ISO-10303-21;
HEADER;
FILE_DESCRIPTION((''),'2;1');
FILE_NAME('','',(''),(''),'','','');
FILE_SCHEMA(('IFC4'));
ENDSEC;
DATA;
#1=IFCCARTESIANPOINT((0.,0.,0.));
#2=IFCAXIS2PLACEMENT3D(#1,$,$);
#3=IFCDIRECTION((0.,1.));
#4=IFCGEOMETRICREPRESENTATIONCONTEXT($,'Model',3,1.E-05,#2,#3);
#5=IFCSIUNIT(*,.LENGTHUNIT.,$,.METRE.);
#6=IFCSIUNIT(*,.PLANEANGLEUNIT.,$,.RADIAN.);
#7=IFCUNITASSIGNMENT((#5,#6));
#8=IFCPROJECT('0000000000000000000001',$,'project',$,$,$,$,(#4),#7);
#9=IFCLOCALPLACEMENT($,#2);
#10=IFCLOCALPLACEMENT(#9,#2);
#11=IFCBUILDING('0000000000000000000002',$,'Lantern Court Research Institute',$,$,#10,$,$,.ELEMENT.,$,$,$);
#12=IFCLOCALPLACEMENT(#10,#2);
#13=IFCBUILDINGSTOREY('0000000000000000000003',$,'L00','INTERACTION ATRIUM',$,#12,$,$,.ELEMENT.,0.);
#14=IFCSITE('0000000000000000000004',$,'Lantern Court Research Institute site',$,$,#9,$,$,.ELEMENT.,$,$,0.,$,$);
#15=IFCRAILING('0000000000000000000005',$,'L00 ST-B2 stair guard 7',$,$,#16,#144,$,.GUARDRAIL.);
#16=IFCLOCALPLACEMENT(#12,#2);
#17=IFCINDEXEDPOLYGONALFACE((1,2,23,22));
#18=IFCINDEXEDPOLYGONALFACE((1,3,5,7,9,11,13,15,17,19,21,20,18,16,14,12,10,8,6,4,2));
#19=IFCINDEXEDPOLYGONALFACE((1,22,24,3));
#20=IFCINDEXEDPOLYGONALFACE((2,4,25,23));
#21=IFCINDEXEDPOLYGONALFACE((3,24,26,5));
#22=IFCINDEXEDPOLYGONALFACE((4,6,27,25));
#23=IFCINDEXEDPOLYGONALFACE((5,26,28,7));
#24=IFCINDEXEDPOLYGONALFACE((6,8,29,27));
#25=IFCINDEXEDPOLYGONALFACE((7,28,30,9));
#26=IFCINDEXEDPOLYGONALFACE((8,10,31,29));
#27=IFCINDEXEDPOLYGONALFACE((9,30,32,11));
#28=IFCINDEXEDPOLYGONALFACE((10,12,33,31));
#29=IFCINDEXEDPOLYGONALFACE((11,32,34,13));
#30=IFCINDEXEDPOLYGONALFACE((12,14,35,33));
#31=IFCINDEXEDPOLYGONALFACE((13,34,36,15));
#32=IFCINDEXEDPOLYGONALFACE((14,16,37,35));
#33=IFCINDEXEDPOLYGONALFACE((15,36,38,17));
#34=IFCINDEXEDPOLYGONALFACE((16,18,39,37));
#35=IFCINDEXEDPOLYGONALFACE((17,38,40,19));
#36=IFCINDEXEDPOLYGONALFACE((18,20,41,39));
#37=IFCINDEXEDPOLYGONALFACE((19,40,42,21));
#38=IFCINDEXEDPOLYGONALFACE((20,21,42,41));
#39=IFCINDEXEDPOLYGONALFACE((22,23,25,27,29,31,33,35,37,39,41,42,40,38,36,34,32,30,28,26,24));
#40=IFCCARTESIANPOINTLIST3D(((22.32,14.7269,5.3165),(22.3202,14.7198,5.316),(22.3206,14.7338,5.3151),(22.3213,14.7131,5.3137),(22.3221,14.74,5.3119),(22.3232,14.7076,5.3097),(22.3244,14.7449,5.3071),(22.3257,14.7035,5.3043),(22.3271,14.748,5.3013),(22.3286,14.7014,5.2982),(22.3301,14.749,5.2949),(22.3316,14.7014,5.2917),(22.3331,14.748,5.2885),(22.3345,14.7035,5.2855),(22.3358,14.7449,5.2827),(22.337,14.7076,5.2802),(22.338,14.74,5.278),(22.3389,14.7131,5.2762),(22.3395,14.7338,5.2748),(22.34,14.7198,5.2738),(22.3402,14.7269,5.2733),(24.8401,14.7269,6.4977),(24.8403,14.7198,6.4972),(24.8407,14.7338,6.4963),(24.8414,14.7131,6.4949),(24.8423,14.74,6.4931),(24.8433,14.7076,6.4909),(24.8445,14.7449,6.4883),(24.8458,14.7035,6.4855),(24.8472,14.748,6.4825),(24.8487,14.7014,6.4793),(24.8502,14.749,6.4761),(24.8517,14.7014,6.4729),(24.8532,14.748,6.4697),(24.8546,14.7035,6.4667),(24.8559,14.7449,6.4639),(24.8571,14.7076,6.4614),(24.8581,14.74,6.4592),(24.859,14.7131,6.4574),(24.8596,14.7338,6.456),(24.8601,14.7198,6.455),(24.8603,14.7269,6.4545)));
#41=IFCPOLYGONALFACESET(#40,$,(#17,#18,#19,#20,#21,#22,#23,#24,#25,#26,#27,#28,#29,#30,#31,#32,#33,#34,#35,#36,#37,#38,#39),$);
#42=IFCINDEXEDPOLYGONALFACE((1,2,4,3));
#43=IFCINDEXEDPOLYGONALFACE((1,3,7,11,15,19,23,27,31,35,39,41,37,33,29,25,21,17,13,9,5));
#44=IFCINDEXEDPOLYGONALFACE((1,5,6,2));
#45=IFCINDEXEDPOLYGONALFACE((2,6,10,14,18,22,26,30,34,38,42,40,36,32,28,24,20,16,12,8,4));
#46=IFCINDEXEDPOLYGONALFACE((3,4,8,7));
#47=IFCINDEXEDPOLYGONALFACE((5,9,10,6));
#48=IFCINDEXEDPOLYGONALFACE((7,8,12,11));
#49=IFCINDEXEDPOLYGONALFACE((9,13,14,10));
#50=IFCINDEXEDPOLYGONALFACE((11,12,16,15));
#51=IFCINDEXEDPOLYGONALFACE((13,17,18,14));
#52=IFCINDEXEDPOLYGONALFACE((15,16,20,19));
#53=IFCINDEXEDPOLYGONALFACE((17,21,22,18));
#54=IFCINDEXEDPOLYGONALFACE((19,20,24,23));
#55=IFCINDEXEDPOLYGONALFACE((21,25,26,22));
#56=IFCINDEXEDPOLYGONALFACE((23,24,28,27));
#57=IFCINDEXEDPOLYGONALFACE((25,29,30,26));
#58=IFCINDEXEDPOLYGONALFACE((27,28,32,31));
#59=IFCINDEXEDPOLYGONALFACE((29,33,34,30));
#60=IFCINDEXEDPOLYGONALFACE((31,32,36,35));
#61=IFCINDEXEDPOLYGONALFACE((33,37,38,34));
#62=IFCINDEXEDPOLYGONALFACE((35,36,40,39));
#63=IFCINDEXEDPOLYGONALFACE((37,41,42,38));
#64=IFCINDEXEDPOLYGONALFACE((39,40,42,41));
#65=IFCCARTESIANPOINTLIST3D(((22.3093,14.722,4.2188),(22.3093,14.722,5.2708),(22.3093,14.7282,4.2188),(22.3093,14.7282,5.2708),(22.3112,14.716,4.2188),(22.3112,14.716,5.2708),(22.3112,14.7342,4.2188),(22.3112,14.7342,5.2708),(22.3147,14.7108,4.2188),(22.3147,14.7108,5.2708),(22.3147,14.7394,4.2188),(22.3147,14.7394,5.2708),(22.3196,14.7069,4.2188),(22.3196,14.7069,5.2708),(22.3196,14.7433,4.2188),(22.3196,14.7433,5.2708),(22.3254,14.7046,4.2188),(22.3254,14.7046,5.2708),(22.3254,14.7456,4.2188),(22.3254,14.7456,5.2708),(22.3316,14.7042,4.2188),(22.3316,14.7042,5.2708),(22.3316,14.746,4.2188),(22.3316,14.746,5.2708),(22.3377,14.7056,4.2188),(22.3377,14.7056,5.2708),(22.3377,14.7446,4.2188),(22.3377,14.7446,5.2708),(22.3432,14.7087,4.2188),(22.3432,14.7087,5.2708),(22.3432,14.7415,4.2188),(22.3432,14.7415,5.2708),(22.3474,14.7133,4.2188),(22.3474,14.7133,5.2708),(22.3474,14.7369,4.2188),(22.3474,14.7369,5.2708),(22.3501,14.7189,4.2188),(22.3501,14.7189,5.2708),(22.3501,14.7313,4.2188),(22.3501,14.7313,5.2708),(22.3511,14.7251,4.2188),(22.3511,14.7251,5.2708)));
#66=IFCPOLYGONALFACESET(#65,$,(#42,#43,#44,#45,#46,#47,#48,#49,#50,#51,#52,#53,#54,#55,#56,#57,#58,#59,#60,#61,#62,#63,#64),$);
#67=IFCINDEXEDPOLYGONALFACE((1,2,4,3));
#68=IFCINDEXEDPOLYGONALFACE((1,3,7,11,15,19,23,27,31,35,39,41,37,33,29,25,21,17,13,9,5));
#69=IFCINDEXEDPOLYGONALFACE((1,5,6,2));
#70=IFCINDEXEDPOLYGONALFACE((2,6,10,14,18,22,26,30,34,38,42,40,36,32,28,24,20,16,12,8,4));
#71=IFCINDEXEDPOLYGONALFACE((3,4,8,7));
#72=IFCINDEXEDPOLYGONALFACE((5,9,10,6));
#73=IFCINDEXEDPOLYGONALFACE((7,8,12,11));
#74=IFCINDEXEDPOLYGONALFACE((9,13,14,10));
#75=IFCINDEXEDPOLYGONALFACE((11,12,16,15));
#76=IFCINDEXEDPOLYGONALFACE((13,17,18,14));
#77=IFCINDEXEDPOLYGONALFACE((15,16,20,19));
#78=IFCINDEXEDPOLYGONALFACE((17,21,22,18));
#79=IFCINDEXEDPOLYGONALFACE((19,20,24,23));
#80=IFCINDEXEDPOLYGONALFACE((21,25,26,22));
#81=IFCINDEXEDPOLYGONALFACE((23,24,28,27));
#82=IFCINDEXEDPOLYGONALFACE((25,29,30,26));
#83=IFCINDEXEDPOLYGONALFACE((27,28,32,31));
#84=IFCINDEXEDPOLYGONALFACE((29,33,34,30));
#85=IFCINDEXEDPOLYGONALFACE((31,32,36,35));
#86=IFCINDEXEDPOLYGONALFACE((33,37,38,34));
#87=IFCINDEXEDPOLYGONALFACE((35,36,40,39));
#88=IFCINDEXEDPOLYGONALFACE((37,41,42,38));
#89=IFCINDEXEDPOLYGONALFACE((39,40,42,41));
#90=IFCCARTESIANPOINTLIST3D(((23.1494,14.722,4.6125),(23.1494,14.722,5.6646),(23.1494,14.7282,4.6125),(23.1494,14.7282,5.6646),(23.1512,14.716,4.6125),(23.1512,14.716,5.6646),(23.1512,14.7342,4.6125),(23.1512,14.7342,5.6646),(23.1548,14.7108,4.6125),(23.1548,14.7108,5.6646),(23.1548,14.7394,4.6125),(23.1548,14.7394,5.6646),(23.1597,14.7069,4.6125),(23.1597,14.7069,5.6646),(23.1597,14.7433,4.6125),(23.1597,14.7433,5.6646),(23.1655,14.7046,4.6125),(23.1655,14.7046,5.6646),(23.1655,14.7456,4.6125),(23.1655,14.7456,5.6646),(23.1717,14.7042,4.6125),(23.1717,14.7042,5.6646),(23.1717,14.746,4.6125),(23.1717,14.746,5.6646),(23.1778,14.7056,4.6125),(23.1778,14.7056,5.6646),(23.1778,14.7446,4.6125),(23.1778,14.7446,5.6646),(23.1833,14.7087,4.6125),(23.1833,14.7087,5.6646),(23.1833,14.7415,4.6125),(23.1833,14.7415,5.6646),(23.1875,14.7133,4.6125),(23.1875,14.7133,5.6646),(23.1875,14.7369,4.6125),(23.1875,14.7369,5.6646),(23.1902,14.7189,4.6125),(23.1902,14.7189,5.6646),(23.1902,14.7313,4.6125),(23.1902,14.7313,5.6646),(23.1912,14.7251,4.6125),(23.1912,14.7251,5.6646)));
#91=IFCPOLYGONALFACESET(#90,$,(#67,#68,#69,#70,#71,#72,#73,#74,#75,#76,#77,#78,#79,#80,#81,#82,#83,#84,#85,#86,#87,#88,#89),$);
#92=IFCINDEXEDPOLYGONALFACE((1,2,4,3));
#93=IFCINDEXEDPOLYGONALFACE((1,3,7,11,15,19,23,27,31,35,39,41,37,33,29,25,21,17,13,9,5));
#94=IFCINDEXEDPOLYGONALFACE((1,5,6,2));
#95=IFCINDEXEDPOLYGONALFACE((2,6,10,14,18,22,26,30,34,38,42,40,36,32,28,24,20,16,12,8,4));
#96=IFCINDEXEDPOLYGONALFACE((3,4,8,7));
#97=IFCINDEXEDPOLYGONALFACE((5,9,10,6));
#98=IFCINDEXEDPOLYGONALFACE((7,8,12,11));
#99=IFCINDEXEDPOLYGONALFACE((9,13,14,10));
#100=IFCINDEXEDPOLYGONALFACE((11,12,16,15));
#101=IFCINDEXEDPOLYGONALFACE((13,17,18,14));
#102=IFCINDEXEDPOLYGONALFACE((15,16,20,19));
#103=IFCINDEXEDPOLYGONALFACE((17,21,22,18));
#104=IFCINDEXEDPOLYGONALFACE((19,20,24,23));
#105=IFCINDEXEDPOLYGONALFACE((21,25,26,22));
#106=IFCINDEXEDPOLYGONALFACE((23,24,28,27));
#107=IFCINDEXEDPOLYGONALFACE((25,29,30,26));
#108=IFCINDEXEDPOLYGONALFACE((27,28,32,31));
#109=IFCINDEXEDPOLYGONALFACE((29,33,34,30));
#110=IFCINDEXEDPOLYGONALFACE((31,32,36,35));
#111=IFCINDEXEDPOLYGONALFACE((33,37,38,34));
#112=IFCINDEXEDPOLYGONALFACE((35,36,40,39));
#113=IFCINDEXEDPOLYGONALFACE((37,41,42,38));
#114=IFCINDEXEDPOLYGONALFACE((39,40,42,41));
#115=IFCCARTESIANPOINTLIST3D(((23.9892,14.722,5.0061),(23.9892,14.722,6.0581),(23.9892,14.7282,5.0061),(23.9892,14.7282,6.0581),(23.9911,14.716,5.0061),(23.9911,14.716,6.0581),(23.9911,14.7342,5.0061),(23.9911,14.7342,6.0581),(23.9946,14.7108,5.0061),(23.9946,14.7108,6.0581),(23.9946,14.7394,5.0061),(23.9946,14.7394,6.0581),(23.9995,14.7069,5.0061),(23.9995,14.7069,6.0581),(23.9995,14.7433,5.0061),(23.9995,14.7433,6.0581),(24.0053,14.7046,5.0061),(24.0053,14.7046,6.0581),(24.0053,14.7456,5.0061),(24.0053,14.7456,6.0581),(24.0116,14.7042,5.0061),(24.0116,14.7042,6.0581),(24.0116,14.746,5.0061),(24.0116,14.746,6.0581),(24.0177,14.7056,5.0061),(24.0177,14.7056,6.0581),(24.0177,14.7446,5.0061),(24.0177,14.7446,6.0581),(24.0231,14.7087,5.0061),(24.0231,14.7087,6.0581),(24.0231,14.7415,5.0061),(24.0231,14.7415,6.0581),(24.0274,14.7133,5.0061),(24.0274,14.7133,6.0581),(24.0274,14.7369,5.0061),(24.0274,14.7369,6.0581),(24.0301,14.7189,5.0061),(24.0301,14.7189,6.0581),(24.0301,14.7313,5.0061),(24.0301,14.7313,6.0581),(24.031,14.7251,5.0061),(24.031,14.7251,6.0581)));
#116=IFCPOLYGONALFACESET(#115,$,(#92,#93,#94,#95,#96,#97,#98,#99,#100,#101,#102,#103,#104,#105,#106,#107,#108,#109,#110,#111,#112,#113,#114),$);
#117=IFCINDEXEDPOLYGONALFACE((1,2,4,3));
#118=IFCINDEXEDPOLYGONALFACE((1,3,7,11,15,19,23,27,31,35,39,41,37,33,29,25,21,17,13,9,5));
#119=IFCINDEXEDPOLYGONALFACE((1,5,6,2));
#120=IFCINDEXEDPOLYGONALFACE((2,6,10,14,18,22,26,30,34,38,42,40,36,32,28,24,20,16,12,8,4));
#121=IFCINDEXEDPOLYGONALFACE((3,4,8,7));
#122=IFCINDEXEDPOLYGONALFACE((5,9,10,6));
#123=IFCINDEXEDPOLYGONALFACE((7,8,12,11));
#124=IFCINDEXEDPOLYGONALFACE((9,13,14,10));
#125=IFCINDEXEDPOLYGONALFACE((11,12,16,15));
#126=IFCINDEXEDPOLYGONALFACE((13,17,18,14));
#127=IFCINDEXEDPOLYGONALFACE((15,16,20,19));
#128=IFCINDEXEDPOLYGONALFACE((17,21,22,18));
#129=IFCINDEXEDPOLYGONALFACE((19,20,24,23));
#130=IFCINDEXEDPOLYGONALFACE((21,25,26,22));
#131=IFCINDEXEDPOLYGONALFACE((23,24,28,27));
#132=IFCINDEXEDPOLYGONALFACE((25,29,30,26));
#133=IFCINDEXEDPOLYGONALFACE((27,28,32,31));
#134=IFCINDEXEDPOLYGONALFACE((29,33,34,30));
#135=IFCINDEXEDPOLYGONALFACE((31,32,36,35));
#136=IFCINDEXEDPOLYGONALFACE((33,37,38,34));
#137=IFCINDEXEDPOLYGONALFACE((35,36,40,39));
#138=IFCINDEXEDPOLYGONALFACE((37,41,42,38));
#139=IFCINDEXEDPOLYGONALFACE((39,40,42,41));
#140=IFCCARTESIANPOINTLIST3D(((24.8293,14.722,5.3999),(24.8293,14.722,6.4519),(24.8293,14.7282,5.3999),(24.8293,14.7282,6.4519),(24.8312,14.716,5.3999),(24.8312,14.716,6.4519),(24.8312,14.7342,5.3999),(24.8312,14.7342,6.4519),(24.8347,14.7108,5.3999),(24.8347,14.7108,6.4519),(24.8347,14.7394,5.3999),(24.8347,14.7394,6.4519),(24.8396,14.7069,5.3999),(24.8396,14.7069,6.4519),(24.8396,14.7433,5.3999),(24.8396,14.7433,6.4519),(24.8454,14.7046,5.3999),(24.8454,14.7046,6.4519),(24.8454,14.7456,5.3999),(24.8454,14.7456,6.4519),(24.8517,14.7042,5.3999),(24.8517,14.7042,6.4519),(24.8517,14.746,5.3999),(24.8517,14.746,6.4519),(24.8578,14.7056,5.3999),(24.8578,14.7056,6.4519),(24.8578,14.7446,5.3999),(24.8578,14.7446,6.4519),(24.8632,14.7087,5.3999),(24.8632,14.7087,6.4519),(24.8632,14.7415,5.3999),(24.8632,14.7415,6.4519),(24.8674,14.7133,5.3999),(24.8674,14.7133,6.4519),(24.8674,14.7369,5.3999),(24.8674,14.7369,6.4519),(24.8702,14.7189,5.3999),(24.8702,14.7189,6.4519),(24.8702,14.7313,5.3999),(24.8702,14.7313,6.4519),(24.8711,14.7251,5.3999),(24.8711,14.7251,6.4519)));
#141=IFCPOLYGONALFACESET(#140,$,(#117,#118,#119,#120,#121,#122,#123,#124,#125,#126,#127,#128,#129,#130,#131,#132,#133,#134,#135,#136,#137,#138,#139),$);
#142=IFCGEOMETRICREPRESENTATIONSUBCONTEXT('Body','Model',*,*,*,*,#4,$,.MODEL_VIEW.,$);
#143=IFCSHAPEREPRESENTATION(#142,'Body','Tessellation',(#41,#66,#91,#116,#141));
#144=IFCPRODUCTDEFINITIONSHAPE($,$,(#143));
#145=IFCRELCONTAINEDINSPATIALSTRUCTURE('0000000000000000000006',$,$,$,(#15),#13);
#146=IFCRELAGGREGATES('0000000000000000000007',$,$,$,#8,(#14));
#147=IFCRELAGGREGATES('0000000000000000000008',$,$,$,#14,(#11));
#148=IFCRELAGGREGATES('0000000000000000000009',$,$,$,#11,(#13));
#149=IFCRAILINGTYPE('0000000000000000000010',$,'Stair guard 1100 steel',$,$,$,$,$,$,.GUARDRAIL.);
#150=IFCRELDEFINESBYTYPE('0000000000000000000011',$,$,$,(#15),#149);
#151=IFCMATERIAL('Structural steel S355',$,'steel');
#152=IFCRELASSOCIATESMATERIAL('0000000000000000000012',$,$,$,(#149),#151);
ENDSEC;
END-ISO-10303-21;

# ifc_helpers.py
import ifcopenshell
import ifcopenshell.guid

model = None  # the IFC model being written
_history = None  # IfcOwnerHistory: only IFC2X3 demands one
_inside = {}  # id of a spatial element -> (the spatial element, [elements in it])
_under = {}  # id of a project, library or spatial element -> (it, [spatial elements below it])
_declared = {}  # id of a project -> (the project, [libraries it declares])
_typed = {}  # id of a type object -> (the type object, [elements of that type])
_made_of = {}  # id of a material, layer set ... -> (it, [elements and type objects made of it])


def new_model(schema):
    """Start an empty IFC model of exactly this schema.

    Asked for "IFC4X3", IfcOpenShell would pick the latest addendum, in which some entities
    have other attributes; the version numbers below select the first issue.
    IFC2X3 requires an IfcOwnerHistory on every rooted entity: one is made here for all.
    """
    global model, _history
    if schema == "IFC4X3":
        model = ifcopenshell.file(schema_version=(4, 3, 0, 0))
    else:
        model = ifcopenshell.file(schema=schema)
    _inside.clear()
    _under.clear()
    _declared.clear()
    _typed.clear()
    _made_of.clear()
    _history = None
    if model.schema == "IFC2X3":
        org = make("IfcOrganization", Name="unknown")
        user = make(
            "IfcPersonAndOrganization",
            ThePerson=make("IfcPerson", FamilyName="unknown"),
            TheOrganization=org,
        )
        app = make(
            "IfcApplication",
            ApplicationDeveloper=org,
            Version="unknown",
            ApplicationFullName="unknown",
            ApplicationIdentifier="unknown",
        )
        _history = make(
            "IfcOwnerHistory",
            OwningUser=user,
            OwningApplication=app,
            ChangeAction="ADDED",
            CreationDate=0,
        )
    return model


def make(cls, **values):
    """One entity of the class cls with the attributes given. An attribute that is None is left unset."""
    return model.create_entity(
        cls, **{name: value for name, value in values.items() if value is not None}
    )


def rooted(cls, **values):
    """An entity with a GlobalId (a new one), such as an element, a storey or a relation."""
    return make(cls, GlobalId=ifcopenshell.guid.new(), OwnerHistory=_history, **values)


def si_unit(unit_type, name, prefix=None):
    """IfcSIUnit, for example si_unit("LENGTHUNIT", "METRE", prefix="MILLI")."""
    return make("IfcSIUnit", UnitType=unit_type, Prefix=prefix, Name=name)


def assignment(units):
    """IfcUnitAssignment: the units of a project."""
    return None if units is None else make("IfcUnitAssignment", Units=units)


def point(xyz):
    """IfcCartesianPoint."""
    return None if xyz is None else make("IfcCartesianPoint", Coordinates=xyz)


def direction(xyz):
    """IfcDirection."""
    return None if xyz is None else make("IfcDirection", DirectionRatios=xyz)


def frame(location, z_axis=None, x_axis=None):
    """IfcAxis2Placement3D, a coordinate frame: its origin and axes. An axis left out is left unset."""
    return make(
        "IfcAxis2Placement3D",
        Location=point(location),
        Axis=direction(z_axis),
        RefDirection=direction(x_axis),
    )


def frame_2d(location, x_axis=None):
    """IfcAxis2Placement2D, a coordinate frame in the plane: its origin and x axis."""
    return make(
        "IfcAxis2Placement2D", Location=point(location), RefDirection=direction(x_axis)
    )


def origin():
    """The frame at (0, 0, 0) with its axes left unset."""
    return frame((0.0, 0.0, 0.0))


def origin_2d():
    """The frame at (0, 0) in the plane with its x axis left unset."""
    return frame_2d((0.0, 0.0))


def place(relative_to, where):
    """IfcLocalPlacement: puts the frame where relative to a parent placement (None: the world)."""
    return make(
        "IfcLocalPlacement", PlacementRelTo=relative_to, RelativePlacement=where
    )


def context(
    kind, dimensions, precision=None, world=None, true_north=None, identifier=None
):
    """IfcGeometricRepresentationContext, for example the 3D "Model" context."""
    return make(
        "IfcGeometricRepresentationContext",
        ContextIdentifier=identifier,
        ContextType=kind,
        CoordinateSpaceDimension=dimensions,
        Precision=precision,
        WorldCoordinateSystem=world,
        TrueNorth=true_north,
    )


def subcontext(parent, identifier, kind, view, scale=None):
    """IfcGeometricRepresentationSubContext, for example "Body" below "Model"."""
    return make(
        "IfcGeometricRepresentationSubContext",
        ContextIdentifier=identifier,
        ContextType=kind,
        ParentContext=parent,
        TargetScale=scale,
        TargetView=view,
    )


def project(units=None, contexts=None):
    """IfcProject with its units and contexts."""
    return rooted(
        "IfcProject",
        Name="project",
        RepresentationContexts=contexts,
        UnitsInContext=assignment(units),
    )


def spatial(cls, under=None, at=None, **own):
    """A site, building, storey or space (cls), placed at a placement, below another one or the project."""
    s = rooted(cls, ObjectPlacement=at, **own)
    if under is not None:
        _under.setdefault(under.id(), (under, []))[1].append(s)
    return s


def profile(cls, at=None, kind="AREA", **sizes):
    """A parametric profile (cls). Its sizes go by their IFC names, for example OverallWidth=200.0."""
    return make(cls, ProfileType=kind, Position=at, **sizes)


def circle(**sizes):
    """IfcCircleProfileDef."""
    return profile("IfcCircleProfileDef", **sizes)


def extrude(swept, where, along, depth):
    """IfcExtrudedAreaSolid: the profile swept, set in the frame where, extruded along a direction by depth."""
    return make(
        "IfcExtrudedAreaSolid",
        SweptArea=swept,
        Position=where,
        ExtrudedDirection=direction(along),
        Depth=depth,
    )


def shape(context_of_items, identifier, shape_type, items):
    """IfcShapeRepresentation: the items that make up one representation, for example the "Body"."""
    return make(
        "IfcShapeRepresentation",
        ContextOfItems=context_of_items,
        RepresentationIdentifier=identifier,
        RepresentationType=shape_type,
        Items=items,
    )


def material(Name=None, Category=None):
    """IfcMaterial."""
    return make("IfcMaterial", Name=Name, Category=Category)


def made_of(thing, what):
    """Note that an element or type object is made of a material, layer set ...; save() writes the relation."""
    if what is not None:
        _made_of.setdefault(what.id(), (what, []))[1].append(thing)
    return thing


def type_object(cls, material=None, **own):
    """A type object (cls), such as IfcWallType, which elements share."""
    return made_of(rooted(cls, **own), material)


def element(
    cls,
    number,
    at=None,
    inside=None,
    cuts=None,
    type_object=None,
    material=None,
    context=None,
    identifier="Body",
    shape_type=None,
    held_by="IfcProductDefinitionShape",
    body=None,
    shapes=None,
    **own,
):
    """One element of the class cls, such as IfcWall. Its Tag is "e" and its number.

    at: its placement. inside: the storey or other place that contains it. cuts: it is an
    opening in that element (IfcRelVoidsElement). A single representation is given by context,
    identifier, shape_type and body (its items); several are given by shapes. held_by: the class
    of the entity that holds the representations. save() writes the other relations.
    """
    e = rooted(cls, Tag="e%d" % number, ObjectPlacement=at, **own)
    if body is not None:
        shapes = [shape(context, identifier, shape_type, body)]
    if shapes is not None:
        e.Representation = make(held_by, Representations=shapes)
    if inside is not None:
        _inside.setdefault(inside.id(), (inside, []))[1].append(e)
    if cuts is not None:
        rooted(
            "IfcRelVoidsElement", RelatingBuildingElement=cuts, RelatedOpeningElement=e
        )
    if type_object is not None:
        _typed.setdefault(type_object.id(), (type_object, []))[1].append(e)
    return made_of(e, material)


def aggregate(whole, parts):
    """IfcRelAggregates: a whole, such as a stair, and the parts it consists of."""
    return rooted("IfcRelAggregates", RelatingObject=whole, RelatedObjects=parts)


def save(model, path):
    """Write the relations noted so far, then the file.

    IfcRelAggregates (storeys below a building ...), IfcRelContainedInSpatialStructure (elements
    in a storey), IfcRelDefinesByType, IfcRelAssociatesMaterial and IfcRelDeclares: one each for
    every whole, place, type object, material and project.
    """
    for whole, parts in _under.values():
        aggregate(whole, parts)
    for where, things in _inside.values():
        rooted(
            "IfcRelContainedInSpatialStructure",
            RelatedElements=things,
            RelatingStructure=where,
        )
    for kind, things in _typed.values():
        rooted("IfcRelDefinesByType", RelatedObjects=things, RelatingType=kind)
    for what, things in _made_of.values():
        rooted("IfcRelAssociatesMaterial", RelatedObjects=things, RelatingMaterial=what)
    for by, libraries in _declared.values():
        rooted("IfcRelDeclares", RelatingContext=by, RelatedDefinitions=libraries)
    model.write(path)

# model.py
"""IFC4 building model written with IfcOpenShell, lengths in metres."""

from ifc_helpers import new_model, si_unit, direction, frame, origin, origin_2d, place, context, subcontext, project, spatial, circle, extrude, material, type_object, element, save


model = new_model("IFC4")

# Units and contexts
model_context = context("Model", 3, precision=1e-05, world=origin(), true_north=direction((0.0, 1.0)))
body_context = subcontext(model_context, "Body", "Model", "MODEL_VIEW")
ifc_project = project(units=[si_unit("LENGTHUNIT", "METRE"), si_unit("PLANEANGLEUNIT", "RADIAN")], contexts=[model_context])

# Site, building, storey
site_placement = place(None, origin())
site = spatial("IfcSite", under=ifc_project, at=site_placement, Name="Lantern Court Research Institute site", CompositionType="ELEMENT", RefElevation=0.0)
building_placement = place(site_placement, origin())
building = spatial("IfcBuilding", under=site, at=building_placement, Name="Lantern Court Research Institute", CompositionType="ELEMENT")
storey_placement = place(building_placement, origin())
storey = spatial("IfcBuildingStorey", under=building, at=storey_placement, Name="L00", Description="INTERACTION ATRIUM", CompositionType="ELEMENT", Elevation=0.0)

# Railing
ifc_material_1 = material(Name="Structural steel S355", Category="steel")
railing_type_1 = type_object("IfcRailingType", Name="Stair guard 1100 steel", PredefinedType="GUARDRAIL", material=ifc_material_1)
railing_1_placement = place(storey_placement, frame((22.3301, 14.7251, 4.2188)))
element("IfcRailing", 1, at=railing_1_placement, inside=storey, type_object=railing_type_1, Name="L00 ST-B2 stair guard 7", PredefinedType="GUARDRAIL", context=body_context, shape_type="SweptSolid", body=[
    extrude(circle(Radius=0.0239, at=origin_2d()), frame((0.0, 0.0, 1.0762), z_axis=(0.905474, 0.0, 0.424402), x_axis=(0.0, 1.0, 0.0)), (0.0, 0.0, 1.0), 2.7832),
    extrude(circle(Radius=0.021, at=origin_2d()), origin(), (0.0, 0.0, 1.0), 1.052),
    extrude(circle(Radius=0.021, at=origin_2d()), frame((0.8401, 0.0, 0.3938)), (0.0, 0.0, 1.0), 1.052),
    extrude(circle(Radius=0.021, at=origin_2d()), frame((1.6799, 0.0, 0.7874)), (0.0, 0.0, 1.0), 1.052),
    extrude(circle(Radius=0.021, at=origin_2d()), frame((2.52, 0.0, 1.1812)), (0.0, 0.0, 1.0), 1.052),
])

save(model, "model.ifc")
